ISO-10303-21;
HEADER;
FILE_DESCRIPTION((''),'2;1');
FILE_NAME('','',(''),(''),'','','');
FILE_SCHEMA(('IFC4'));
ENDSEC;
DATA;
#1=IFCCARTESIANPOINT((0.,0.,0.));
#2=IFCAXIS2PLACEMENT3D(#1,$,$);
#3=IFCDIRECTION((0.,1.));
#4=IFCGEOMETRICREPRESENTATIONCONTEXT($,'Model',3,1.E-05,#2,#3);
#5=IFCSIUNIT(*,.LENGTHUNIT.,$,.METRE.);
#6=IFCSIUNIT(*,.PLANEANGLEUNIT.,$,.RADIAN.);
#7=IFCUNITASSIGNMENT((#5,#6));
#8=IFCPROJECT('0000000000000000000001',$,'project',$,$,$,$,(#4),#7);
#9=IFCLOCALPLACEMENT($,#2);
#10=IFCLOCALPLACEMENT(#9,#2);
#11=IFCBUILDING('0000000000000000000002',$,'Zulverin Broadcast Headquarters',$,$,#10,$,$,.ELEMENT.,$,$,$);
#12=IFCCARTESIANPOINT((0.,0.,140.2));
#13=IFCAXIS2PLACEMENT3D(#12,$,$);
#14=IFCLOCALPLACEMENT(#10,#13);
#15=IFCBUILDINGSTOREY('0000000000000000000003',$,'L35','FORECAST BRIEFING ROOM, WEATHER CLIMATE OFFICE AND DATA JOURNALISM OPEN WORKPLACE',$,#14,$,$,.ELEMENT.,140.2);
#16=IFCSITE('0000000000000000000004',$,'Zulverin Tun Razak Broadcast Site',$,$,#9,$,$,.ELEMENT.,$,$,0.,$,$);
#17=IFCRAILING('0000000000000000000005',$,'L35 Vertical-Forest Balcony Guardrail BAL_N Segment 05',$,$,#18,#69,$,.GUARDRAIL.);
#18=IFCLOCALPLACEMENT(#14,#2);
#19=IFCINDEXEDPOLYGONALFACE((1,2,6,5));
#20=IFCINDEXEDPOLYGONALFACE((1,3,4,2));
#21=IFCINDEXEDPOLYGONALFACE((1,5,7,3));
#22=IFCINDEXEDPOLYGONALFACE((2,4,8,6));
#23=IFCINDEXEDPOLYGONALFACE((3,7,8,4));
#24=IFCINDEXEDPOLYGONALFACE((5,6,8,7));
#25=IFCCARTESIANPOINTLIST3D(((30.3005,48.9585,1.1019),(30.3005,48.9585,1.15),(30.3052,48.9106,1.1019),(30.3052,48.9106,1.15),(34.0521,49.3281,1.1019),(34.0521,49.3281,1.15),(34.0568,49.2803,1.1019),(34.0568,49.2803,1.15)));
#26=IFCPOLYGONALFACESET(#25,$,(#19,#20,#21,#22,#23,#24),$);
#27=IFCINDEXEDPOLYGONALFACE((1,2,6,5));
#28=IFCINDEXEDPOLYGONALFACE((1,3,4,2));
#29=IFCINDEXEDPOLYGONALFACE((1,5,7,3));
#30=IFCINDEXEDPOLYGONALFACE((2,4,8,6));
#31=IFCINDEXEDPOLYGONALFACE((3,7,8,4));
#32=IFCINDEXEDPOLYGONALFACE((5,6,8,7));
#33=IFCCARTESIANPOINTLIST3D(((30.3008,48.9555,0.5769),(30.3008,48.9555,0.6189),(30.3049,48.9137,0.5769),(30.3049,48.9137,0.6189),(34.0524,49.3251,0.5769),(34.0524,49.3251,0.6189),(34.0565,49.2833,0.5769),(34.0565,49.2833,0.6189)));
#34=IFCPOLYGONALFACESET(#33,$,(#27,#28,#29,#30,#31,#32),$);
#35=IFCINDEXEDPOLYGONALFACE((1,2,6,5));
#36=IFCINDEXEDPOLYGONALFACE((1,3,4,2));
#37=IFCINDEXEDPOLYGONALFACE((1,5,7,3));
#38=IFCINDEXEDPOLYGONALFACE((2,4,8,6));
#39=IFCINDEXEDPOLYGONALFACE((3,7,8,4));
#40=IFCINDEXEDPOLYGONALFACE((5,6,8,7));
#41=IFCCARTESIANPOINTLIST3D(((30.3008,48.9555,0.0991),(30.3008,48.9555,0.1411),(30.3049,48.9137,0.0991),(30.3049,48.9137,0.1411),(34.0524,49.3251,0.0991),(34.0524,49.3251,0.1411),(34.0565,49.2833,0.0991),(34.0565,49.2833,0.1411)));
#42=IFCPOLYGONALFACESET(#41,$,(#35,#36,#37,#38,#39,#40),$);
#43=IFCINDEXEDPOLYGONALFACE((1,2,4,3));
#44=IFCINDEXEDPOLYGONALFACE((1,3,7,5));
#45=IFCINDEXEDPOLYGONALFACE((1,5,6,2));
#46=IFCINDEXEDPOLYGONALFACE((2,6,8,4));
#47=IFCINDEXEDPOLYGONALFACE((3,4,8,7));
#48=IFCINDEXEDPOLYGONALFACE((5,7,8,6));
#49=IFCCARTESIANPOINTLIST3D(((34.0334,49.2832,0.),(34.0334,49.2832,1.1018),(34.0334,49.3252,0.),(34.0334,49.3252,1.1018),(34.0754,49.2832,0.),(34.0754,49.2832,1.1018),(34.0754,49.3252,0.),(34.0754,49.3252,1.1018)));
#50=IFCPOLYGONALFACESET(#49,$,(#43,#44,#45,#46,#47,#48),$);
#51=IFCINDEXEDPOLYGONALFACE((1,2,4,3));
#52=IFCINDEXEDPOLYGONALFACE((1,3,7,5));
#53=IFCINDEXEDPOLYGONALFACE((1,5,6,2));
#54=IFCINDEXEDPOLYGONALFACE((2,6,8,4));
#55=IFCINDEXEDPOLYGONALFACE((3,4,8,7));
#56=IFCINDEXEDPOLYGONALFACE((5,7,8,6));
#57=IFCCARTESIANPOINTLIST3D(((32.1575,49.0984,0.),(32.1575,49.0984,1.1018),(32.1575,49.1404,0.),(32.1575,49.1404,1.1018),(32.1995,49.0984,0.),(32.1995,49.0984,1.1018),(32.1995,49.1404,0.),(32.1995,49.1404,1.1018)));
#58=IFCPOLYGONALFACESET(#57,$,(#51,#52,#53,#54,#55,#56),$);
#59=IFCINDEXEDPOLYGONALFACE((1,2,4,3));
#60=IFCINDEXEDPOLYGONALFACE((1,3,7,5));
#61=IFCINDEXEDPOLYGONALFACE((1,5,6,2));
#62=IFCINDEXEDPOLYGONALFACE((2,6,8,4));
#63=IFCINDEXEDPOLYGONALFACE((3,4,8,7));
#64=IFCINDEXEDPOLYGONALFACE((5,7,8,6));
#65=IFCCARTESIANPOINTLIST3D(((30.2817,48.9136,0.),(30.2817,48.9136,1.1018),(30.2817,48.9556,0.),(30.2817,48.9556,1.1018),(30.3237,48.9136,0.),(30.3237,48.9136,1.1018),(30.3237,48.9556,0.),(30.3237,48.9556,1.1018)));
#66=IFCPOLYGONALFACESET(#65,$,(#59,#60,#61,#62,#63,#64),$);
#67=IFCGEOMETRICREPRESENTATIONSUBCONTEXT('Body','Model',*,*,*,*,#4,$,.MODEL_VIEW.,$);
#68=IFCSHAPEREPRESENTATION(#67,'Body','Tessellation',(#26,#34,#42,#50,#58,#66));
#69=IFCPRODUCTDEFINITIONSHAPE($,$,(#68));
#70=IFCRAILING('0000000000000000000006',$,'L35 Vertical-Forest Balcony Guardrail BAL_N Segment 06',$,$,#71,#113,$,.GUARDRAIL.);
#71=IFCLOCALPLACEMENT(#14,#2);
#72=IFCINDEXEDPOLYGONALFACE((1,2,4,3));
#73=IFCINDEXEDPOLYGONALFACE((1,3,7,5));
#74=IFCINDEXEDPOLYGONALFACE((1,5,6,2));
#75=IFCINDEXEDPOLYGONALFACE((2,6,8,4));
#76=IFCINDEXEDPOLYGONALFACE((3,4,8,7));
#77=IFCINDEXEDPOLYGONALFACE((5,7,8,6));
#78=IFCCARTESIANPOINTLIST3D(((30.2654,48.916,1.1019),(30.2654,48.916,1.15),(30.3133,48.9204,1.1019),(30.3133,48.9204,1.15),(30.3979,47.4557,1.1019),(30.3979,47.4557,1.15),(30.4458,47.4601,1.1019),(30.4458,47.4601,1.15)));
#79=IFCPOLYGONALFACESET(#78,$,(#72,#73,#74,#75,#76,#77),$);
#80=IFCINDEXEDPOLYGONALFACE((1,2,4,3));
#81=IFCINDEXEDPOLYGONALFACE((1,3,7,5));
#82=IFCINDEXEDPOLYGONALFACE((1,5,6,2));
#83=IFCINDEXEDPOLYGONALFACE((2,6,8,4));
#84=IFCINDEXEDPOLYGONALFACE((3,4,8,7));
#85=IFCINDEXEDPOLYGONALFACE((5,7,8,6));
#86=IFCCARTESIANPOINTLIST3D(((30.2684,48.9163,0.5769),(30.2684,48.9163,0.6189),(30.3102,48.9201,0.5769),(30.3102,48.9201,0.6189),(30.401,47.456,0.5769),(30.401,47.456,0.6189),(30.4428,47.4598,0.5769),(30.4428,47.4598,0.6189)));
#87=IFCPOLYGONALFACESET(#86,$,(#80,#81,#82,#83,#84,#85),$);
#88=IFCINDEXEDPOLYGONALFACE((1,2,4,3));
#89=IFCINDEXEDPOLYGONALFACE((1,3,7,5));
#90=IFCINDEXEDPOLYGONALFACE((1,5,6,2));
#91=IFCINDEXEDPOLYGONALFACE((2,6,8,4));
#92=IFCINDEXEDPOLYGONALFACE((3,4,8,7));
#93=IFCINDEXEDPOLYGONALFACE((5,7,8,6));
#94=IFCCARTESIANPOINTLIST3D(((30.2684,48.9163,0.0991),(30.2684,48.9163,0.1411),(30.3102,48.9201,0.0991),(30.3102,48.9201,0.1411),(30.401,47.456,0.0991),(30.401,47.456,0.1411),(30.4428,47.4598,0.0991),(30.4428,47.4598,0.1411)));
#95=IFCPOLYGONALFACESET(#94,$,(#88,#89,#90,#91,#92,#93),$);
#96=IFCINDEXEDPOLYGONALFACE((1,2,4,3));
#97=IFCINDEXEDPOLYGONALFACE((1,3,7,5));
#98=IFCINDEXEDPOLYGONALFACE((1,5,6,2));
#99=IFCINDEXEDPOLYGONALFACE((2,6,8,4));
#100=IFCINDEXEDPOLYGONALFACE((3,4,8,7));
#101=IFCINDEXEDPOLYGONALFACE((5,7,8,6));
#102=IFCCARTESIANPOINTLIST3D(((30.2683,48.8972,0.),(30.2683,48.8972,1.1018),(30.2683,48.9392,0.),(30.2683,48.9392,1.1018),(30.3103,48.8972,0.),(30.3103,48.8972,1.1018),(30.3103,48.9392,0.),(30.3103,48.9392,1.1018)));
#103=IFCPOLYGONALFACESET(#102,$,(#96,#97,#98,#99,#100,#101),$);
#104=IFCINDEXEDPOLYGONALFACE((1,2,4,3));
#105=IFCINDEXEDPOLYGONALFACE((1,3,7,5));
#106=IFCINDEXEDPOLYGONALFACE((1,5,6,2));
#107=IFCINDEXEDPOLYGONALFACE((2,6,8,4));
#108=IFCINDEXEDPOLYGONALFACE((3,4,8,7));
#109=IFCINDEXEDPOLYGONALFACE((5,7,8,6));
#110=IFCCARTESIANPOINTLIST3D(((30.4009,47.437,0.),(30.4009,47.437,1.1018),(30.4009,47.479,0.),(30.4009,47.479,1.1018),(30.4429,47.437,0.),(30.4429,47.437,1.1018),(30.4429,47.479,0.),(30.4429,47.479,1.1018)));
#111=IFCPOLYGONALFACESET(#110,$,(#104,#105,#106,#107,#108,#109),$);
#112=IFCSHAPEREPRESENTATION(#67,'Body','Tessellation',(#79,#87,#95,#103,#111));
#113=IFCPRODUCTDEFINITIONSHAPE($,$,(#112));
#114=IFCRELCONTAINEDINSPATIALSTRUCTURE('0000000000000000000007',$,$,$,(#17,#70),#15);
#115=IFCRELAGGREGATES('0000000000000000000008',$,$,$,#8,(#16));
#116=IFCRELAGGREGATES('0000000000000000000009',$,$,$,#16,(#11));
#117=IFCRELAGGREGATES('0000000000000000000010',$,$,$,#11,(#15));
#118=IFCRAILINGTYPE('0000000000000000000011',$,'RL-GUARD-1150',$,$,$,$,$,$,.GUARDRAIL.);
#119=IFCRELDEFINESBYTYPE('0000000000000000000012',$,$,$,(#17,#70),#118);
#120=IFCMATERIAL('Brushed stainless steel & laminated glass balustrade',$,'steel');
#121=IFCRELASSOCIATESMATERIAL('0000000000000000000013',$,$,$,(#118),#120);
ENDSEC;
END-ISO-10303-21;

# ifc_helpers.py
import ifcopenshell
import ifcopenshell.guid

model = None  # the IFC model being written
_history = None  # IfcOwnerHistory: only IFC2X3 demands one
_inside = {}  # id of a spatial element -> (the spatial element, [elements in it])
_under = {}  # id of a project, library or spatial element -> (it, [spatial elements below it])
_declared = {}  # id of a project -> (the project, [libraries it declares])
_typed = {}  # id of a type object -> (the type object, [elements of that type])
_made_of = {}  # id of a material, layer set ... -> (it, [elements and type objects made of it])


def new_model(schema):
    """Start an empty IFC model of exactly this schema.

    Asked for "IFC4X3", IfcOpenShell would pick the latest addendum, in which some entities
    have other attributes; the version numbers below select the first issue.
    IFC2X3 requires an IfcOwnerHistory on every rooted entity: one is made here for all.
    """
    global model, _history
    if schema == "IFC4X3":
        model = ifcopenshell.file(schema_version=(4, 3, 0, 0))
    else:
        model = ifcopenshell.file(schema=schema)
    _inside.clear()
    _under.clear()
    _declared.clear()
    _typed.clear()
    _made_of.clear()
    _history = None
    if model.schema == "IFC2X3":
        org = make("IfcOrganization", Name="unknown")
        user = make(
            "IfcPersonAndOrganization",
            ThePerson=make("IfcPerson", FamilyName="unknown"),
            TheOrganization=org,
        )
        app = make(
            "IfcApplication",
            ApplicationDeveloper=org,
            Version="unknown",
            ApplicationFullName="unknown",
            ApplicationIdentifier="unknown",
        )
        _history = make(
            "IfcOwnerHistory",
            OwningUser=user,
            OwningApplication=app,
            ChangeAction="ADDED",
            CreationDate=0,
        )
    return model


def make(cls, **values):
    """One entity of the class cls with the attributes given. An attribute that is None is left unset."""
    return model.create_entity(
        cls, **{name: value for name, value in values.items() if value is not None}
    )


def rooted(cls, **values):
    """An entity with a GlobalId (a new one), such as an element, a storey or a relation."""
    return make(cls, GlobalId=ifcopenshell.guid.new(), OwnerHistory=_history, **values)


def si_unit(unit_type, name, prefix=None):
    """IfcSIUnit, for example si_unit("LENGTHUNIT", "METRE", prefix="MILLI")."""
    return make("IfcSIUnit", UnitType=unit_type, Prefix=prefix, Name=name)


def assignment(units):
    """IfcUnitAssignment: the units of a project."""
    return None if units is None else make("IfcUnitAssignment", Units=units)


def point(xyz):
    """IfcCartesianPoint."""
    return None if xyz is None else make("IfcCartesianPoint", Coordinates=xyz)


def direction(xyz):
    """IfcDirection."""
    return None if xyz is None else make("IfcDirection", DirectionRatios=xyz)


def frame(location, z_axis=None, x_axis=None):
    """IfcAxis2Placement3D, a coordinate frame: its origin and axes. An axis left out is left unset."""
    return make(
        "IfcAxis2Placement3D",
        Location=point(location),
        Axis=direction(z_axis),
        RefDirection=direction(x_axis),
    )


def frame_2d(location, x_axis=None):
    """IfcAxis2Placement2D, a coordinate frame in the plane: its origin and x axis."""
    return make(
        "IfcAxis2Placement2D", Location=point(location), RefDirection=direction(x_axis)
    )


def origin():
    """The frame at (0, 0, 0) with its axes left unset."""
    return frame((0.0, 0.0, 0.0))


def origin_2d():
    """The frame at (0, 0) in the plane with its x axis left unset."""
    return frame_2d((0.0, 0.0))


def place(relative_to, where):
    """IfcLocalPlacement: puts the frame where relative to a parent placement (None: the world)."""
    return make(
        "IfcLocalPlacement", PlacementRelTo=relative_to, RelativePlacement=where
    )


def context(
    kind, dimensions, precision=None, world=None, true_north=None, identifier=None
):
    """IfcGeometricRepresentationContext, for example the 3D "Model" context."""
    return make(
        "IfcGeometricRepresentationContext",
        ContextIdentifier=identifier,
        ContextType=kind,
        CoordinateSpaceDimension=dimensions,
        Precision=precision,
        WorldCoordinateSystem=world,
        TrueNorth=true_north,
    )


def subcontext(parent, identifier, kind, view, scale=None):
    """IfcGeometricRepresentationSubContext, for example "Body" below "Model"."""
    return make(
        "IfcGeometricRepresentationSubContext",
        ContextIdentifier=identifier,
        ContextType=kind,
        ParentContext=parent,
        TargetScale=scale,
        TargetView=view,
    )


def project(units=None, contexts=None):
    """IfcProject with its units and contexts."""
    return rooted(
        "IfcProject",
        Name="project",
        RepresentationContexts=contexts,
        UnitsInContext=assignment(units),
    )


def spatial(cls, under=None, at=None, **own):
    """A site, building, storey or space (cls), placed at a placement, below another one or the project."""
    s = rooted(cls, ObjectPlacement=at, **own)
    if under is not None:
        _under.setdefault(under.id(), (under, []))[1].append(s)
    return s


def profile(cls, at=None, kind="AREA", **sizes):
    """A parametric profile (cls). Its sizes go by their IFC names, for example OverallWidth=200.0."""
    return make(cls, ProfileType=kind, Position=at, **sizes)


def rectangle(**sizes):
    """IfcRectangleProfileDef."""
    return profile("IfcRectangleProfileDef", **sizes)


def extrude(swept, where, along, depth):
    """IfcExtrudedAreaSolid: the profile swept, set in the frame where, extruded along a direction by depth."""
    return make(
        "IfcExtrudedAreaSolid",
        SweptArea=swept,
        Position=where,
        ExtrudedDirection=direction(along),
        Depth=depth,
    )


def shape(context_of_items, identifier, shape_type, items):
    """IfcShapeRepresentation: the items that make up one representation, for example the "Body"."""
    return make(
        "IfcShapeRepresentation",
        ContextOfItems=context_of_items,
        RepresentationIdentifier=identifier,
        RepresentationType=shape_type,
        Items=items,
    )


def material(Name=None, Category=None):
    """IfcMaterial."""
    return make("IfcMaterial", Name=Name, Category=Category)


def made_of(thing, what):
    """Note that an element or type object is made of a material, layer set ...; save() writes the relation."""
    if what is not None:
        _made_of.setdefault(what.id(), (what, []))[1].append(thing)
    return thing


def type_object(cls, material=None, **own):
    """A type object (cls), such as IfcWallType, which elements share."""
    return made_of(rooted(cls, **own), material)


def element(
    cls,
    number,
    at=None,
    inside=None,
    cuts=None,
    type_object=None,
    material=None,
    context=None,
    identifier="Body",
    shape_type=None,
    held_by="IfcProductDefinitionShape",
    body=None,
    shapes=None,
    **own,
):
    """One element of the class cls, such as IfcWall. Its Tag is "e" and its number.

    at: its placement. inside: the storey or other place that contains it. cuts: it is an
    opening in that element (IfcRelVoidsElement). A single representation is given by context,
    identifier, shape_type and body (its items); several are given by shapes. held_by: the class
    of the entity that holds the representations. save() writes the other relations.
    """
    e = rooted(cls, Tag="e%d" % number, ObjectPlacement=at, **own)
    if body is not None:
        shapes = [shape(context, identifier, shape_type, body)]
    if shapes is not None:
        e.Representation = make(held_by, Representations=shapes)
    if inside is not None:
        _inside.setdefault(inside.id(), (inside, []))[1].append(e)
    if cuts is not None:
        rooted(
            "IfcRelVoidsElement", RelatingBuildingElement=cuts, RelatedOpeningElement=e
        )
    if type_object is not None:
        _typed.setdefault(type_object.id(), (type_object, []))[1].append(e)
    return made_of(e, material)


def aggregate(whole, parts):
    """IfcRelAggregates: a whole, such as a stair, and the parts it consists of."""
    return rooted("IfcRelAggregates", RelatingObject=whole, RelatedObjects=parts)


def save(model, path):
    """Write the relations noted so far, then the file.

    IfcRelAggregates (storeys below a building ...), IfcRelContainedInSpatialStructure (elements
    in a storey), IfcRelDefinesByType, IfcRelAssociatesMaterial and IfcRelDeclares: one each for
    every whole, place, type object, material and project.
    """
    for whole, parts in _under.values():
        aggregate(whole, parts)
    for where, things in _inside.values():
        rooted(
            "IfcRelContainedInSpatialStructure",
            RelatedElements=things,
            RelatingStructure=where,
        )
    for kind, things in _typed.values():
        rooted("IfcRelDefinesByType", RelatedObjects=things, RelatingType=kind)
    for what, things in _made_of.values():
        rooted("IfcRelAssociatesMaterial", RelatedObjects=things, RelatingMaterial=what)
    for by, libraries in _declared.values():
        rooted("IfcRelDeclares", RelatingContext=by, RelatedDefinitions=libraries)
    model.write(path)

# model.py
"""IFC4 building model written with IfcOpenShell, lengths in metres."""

from ifc_helpers import new_model, si_unit, direction, frame, origin, origin_2d, place, context, subcontext, project, spatial, rectangle, extrude, material, type_object, element, save


model = new_model("IFC4")

# Units and contexts
model_context = context("Model", 3, precision=1e-05, world=origin(), true_north=direction((0.0, 1.0)))
body_context = subcontext(model_context, "Body", "Model", "MODEL_VIEW")
ifc_project = project(units=[si_unit("LENGTHUNIT", "METRE"), si_unit("PLANEANGLEUNIT", "RADIAN")], contexts=[model_context])

# Site, building, storey
site_placement = place(None, origin())
site = spatial("IfcSite", under=ifc_project, at=site_placement, Name="Zulverin Tun Razak Broadcast Site", CompositionType="ELEMENT", RefElevation=0.0)
building_placement = place(site_placement, origin())
building = spatial("IfcBuilding", under=site, at=building_placement, Name="Zulverin Broadcast Headquarters", CompositionType="ELEMENT")
storey_placement = place(building_placement, frame((0.0, 0.0, 140.2)))
storey = spatial("IfcBuildingStorey", under=building, at=storey_placement, Name="L35", Description="FORECAST BRIEFING ROOM, WEATHER CLIMATE OFFICE AND DATA JOURNALISM OPEN WORKPLACE", CompositionType="ELEMENT", Elevation=140.2)

# Railings
ifc_material_1 = material(Name="Brushed stainless steel & laminated glass balustrade", Category="steel")
railing_type = type_object("IfcRailingType", Name="RL-GUARD-1150", PredefinedType="GUARDRAIL", material=ifc_material_1)
railing_1_placement = place(storey_placement, frame((34.0544, 49.3042, 0.0)))
element("IfcRailing", 1, at=railing_1_placement, inside=storey, type_object=railing_type, Name="L35 Vertical-Forest Balcony Guardrail BAL_N Segment 05", PredefinedType="GUARDRAIL", context=body_context, shape_type="SweptSolid", body=[
    extrude(rectangle(XDim=0.0481, YDim=0.0481, at=origin_2d()), frame((0.0, 0.0, 1.126), z_axis=(-0.995182, -0.098048, 0.0), x_axis=(0.098048, -0.995182, 0.0)), (0.0, 0.0, 1.0), 3.7698),
    extrude(rectangle(XDim=0.042, YDim=0.042, at=origin_2d()), frame((0.0, 0.0, 0.5979), z_axis=(-0.995182, -0.098048, 0.0), x_axis=(0.098048, -0.995182, 0.0)), (0.0, 0.0, 1.0), 3.7698),
    extrude(rectangle(XDim=0.042, YDim=0.042, at=origin_2d()), frame((0.0, 0.0, 0.1201), z_axis=(-0.995182, -0.098048, 0.0), x_axis=(0.098048, -0.995182, 0.0)), (0.0, 0.0, 1.0), 3.7698),
    extrude(rectangle(XDim=0.042, YDim=0.042, at=origin_2d()), origin(), (0.0, 0.0, 1.0), 1.1018),
    extrude(rectangle(XDim=0.042, YDim=0.042, at=origin_2d()), frame((-1.876, -0.1848, 0.0)), (0.0, 0.0, 1.0), 1.1018),
    extrude(rectangle(XDim=0.042, YDim=0.042, at=origin_2d()), frame((-3.7517, -0.3696, 0.0)), (0.0, 0.0, 1.0), 1.1018),
])
railing_2_placement = place(storey_placement, frame((30.2893, 48.9182, 0.0)))
element("IfcRailing", 2, at=railing_2_placement, inside=storey, type_object=railing_type, Name="L35 Vertical-Forest Balcony Guardrail BAL_N Segment 06", PredefinedType="GUARDRAIL", context=body_context, shape_type="SweptSolid", body=[
    extrude(rectangle(XDim=0.0481, YDim=0.0481, at=origin_2d()), frame((0.0, 0.0, 1.126), z_axis=(0.090416, -0.995904, 0.0), x_axis=(0.995904, 0.090416, 0.0)), (0.0, 0.0, 1.0), 1.4663),
    extrude(rectangle(XDim=0.042, YDim=0.042, at=origin_2d()), frame((0.0, 0.0, 0.5979), z_axis=(0.090416, -0.995904, 0.0), x_axis=(0.995904, 0.090416, 0.0)), (0.0, 0.0, 1.0), 1.4663),
    extrude(rectangle(XDim=0.042, YDim=0.042, at=origin_2d()), frame((0.0, 0.0, 0.1201), z_axis=(0.090416, -0.995904, 0.0), x_axis=(0.995904, 0.090416, 0.0)), (0.0, 0.0, 1.0), 1.4663),
    extrude(rectangle(XDim=0.042, YDim=0.042, at=origin_2d()), origin(), (0.0, 0.0, 1.0), 1.1018),
    extrude(rectangle(XDim=0.042, YDim=0.042, at=origin_2d()), frame((0.1326, -1.4602, 0.0)), (0.0, 0.0, 1.0), 1.1018),
])

save(model, "model.ifc")
